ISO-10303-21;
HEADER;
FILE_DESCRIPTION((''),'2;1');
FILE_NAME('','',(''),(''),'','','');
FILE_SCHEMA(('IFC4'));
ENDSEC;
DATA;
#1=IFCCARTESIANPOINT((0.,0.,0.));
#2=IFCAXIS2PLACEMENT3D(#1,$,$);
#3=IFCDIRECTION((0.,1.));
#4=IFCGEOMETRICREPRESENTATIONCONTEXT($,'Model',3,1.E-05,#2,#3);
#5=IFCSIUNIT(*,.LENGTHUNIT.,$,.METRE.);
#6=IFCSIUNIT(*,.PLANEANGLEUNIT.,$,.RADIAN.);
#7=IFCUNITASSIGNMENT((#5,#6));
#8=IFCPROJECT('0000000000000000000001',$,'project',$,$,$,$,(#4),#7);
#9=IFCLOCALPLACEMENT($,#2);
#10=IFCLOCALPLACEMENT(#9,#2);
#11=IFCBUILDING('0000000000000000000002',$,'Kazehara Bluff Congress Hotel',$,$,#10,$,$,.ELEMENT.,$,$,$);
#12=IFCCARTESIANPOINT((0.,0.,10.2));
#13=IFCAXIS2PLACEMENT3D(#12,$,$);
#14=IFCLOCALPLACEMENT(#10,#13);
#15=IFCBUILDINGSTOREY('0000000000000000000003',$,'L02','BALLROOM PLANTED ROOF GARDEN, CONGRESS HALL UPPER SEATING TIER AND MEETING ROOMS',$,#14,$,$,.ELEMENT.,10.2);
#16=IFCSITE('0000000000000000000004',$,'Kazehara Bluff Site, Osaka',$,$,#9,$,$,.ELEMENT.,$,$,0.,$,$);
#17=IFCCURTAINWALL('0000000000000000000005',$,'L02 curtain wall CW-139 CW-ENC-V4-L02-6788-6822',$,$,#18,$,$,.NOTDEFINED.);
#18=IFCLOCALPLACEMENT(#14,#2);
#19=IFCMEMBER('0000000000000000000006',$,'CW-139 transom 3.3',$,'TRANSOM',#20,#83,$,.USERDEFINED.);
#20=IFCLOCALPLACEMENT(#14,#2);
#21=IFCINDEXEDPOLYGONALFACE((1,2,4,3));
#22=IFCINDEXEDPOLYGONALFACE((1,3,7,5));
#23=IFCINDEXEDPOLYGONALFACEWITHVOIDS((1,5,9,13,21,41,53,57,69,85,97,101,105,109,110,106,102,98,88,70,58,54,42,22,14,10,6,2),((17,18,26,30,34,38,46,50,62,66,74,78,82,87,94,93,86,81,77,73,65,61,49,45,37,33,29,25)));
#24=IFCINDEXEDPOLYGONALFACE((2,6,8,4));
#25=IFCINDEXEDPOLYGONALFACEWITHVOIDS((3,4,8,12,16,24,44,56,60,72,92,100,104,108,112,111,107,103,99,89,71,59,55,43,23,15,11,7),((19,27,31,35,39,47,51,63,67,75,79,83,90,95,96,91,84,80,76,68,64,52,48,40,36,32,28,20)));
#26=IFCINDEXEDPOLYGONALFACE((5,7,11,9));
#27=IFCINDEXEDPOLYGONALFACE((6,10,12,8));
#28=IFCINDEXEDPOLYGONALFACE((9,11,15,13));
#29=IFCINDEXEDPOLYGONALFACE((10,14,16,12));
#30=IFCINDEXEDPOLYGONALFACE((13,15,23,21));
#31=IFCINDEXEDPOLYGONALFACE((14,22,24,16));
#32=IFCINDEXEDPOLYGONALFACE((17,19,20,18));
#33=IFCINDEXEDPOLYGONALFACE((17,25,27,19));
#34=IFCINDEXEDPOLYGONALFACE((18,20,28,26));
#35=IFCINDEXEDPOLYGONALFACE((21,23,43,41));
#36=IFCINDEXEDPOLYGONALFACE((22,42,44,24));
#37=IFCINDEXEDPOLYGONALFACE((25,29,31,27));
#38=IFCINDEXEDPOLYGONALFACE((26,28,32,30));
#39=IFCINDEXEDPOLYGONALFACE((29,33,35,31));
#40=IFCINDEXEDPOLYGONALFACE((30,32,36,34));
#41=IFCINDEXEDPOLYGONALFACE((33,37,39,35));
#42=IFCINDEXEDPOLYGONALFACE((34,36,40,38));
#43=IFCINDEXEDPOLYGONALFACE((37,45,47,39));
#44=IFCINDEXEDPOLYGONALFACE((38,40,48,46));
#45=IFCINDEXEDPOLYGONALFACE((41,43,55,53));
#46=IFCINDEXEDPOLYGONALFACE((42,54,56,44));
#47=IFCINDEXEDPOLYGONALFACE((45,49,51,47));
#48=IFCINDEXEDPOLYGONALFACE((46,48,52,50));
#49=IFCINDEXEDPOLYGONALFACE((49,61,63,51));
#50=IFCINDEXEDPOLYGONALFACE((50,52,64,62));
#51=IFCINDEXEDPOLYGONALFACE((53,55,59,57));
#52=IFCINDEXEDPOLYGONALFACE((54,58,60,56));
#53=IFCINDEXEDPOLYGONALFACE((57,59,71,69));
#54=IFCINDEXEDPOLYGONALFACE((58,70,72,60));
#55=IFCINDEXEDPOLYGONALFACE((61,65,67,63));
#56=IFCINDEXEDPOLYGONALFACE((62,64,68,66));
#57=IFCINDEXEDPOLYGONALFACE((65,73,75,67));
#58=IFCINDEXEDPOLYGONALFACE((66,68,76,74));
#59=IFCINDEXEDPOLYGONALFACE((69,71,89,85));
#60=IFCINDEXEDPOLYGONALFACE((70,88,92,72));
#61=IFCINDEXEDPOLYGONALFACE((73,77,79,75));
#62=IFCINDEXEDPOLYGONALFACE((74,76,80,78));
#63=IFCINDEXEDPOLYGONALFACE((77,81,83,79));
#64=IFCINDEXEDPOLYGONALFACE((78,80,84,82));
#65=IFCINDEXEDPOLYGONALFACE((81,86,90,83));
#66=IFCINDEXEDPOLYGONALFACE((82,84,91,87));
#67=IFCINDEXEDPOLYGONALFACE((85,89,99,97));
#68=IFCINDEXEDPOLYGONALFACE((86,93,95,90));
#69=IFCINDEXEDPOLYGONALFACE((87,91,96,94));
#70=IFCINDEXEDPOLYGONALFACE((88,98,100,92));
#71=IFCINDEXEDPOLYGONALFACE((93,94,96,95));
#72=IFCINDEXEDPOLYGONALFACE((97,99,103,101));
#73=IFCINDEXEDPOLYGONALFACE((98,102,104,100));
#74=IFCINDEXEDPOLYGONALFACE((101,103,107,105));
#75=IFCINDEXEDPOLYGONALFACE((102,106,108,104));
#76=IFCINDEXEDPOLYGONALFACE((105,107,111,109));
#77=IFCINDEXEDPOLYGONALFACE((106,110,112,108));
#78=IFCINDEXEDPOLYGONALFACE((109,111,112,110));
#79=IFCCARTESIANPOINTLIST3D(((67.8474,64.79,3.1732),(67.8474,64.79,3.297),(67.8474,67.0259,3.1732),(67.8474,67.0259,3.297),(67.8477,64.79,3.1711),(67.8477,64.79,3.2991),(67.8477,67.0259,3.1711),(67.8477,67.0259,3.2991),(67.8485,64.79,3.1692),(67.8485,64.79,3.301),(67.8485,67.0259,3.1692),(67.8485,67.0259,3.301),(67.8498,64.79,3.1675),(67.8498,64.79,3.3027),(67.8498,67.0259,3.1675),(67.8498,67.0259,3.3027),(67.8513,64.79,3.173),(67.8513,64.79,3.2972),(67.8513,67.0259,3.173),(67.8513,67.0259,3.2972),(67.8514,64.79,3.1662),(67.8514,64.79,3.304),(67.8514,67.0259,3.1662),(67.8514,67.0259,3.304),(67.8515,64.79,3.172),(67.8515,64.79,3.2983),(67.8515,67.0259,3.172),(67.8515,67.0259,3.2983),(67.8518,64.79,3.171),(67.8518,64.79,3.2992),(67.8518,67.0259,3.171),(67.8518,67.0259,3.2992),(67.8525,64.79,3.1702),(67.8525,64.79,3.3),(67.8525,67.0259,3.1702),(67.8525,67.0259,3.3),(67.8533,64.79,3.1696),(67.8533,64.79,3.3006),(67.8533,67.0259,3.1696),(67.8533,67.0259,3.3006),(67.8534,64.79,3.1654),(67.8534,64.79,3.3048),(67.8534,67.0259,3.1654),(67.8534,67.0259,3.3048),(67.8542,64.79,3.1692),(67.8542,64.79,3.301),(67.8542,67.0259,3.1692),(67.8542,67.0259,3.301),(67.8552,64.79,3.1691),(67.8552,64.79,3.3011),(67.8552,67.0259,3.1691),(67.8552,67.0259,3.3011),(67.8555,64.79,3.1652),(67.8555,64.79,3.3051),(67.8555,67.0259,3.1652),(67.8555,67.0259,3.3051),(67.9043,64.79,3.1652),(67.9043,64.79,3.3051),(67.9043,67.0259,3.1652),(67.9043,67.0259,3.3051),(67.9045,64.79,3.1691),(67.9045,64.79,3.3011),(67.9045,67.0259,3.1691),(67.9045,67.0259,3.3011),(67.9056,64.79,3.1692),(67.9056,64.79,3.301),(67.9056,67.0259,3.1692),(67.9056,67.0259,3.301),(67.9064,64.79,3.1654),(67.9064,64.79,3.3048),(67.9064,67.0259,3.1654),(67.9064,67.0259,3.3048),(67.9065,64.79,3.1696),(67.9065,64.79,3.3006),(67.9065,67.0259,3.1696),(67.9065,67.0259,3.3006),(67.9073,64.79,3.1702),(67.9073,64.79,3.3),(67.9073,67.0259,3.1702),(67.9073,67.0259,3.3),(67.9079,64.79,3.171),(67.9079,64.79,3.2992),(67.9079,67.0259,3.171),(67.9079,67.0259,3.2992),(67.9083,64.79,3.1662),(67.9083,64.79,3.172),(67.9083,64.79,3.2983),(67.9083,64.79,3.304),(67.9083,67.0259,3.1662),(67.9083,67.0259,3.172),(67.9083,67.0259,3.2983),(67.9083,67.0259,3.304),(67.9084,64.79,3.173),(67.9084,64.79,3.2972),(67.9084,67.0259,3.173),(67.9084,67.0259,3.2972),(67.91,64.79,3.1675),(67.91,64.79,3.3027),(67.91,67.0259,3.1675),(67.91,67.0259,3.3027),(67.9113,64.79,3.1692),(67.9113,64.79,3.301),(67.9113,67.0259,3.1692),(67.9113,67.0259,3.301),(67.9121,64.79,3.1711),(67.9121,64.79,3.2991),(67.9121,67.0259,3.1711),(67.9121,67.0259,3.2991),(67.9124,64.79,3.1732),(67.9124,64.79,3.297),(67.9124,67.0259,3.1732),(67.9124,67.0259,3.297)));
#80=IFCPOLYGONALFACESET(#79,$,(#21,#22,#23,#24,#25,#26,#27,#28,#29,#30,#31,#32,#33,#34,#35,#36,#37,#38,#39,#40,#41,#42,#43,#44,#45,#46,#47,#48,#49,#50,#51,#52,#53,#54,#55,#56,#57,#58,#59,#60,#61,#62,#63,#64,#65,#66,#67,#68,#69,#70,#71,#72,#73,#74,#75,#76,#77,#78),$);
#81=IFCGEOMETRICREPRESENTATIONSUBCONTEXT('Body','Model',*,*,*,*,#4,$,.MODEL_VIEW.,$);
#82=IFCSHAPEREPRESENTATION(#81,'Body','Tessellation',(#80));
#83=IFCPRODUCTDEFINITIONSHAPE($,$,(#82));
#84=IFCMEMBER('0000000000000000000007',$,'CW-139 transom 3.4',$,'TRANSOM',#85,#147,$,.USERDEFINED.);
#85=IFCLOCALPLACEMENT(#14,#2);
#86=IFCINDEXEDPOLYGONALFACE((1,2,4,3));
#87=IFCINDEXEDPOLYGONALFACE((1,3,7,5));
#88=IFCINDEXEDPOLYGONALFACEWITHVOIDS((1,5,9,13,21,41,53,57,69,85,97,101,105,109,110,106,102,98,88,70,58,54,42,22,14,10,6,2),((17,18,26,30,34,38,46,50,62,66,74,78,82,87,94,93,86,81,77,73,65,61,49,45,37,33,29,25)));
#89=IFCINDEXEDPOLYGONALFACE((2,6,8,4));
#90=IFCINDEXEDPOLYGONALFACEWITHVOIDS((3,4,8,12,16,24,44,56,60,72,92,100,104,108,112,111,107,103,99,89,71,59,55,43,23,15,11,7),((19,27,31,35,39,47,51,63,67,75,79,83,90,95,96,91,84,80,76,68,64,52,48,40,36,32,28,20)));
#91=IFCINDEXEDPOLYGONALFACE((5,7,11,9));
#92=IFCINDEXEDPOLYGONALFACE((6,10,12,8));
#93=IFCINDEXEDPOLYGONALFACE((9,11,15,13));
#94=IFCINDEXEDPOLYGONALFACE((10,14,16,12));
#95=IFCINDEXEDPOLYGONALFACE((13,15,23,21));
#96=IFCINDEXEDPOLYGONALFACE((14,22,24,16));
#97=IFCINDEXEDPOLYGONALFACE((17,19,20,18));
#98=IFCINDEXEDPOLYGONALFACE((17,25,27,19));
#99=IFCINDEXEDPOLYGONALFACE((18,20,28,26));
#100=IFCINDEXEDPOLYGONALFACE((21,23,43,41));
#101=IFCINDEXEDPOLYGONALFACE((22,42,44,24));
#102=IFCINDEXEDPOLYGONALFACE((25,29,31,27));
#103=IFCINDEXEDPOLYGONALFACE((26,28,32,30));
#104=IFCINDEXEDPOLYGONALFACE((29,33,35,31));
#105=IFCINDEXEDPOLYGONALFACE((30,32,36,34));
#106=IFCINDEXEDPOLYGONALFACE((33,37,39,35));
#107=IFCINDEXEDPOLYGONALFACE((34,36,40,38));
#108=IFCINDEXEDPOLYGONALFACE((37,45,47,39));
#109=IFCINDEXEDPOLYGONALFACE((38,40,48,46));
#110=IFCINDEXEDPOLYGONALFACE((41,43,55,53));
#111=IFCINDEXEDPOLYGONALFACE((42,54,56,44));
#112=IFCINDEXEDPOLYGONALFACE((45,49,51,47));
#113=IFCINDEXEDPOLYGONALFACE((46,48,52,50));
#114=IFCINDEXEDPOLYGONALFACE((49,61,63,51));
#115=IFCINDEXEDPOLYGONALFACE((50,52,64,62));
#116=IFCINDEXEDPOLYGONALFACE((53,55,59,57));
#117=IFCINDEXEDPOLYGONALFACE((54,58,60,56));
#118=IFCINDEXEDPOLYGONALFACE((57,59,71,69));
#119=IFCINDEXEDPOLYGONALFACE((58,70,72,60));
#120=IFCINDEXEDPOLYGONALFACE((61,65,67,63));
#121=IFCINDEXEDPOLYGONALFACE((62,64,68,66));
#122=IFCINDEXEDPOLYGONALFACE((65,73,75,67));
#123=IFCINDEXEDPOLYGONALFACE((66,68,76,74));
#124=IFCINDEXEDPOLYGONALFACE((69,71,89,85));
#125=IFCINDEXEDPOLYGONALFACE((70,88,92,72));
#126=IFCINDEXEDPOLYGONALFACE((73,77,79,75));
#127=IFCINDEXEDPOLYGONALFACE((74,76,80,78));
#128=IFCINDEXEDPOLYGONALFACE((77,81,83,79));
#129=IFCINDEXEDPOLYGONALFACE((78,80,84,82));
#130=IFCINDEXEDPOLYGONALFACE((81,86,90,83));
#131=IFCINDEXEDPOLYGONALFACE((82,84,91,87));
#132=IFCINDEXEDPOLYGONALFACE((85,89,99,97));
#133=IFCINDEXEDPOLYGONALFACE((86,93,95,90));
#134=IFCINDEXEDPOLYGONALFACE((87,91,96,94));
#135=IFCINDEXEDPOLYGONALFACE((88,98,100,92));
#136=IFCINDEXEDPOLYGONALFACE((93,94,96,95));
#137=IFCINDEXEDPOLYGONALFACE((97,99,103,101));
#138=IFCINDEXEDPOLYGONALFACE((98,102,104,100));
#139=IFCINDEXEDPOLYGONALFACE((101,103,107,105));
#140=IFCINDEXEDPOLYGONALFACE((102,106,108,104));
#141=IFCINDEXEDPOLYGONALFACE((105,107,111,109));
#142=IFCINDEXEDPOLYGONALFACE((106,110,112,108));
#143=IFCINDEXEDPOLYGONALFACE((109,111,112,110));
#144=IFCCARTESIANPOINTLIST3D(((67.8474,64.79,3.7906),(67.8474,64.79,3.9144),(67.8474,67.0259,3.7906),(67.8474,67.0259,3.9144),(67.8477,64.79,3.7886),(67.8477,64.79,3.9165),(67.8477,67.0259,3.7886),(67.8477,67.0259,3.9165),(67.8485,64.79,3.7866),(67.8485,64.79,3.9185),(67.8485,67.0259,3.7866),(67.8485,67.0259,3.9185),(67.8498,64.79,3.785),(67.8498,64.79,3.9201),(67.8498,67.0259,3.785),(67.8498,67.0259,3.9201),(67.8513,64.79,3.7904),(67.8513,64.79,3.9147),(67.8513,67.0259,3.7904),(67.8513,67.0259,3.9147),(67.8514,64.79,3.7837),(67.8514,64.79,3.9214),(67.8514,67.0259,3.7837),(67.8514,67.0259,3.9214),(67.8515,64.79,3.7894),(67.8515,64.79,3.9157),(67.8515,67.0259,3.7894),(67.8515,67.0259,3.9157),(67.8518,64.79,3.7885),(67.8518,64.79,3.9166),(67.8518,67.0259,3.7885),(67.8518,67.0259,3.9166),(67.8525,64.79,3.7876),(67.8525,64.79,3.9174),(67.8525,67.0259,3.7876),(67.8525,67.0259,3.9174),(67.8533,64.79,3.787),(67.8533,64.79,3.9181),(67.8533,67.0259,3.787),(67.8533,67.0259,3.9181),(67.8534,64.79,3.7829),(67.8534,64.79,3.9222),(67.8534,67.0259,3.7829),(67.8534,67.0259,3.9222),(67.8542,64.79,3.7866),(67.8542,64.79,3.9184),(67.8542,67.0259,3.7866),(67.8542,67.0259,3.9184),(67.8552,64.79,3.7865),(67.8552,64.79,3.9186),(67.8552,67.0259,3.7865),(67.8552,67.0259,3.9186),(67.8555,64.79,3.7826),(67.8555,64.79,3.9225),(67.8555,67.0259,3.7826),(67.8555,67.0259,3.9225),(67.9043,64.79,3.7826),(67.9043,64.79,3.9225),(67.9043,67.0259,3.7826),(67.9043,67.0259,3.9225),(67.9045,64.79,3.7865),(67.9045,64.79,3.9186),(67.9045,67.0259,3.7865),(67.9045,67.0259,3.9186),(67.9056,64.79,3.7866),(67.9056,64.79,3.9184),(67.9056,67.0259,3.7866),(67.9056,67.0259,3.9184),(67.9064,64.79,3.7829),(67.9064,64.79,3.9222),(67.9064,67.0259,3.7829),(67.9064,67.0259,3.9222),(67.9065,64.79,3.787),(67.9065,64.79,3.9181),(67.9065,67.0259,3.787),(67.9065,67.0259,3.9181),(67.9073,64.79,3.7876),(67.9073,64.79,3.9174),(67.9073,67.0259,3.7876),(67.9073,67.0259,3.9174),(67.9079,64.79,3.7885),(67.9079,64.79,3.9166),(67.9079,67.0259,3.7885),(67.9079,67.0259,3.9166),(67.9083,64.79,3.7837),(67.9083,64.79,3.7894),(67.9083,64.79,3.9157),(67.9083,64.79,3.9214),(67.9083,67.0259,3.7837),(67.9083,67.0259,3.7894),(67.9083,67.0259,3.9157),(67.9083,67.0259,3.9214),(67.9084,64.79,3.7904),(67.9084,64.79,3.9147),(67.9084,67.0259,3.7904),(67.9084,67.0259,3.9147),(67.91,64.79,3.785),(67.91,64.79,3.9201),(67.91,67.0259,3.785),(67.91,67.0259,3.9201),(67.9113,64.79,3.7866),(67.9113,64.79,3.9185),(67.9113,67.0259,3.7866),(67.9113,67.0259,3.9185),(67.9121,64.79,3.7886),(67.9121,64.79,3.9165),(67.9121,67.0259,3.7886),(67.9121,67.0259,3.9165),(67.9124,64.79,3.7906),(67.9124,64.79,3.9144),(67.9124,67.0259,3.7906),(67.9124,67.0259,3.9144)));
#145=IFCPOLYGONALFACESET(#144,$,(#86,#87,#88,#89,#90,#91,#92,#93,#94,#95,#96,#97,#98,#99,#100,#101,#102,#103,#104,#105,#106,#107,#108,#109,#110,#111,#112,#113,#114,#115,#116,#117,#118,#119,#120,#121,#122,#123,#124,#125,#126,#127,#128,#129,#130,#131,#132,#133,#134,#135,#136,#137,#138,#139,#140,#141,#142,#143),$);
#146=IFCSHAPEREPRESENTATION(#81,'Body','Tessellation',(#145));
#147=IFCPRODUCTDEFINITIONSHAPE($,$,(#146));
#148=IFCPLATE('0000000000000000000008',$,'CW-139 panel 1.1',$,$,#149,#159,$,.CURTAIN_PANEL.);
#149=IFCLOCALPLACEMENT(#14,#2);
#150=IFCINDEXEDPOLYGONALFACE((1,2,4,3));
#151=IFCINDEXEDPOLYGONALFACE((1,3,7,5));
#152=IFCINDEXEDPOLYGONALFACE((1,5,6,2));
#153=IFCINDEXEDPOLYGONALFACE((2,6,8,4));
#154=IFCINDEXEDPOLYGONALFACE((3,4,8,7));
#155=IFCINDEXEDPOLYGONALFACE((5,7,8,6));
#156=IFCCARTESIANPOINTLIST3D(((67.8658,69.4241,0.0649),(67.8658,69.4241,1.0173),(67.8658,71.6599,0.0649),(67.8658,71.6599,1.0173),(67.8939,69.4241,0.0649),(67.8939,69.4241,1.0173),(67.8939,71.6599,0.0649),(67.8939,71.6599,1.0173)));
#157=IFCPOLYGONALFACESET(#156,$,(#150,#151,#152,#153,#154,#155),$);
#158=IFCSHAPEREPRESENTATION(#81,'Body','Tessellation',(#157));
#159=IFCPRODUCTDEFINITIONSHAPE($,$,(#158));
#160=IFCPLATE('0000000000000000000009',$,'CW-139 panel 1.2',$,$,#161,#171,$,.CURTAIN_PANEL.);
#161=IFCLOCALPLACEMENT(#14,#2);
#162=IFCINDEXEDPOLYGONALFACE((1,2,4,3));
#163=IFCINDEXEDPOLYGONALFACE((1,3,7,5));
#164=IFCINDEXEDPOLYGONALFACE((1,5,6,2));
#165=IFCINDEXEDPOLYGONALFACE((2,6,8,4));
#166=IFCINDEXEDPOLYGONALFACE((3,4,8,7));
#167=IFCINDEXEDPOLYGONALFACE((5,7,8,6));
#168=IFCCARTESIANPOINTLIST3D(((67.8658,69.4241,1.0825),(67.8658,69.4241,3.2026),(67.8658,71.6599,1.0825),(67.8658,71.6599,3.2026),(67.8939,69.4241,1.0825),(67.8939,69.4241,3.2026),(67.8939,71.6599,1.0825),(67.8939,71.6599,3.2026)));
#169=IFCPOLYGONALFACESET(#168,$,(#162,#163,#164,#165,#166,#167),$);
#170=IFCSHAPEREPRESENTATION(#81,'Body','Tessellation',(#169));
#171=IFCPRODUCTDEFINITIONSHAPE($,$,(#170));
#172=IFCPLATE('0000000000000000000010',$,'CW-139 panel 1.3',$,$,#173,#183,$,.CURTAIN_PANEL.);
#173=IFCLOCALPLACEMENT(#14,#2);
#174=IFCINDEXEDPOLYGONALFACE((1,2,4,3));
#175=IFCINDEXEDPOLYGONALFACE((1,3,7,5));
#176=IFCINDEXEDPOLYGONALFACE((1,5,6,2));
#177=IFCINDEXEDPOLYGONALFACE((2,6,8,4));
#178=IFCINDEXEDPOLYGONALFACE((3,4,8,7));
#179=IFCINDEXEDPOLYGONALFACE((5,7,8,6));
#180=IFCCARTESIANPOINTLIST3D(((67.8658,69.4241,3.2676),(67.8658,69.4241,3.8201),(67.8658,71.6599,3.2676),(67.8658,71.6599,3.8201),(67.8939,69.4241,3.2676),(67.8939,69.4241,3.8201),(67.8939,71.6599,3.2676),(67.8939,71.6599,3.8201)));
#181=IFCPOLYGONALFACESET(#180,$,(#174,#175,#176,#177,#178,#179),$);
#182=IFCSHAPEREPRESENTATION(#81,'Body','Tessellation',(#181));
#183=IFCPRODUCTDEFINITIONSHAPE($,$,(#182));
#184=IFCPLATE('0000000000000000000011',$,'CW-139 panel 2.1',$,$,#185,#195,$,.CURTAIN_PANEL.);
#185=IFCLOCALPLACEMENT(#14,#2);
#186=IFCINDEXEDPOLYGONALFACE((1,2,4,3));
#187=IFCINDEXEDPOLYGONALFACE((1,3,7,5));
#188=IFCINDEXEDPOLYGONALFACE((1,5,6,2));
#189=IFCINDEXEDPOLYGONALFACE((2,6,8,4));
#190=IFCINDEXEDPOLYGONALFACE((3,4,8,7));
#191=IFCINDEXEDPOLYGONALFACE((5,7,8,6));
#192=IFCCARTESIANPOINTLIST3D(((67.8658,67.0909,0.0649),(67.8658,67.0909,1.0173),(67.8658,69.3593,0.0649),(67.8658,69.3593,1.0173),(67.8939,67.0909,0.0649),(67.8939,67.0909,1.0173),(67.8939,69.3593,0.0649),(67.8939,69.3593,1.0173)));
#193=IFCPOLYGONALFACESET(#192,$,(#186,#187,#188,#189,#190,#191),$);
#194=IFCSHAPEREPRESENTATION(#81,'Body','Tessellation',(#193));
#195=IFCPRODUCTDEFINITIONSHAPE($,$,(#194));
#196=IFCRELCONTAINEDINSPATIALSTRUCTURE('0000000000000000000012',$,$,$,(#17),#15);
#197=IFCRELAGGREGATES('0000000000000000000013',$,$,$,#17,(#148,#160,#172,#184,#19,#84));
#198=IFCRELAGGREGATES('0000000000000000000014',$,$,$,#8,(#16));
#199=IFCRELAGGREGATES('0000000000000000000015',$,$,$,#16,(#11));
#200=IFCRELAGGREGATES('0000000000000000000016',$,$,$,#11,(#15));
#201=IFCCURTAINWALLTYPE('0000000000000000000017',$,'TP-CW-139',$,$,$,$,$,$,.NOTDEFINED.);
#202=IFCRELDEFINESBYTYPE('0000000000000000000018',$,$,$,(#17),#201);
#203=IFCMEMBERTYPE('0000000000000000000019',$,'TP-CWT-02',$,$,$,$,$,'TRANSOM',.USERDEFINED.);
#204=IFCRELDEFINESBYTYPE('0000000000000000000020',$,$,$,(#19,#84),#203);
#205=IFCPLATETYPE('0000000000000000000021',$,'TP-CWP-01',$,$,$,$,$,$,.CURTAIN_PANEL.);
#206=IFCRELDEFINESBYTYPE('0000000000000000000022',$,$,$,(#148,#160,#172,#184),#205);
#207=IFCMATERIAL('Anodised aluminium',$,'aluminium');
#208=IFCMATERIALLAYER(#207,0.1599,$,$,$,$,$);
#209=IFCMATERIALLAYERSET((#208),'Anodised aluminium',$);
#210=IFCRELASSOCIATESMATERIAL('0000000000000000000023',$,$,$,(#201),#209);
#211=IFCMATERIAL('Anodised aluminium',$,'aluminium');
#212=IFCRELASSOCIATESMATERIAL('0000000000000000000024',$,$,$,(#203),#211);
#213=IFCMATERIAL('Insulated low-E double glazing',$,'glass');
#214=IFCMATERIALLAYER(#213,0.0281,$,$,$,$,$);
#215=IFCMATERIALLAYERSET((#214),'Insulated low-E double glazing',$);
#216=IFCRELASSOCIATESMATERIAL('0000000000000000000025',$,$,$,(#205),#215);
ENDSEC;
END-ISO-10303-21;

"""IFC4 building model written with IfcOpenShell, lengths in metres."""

from ifc_helpers import new_model, si_unit, direction, frame, origin, origin_2d, place, context, subcontext, project, spatial, rectangle, hollow_rectangle, extrude, material, layer, layer_set, material_profile, profile_set, type_object, element, aggregate, save


model = new_model("IFC4")

# Units and contexts
model_context = context("Model", 3, precision=1e-05, world=origin(), true_north=direction((0.0, 1.0)))
body_context = subcontext(model_context, "Body", "Model", "MODEL_VIEW")
ifc_project = project(units=[si_unit("LENGTHUNIT", "METRE"), si_unit("PLANEANGLEUNIT", "RADIAN")], contexts=[model_context])

# Site, building, storey
site_placement = place(None, origin())
site = spatial("IfcSite", under=ifc_project, at=site_placement, Name="Kazehara Bluff Site, Osaka", CompositionType="ELEMENT", RefElevation=0.0)
building_placement = place(site_placement, origin())
building = spatial("IfcBuilding", under=site, at=building_placement, Name="Kazehara Bluff Congress Hotel", CompositionType="ELEMENT")
storey_placement = place(building_placement, frame((0.0, 0.0, 10.2)))
storey = spatial("IfcBuildingStorey", under=building, at=storey_placement, Name="L02", Description="BALLROOM PLANTED ROOF GARDEN, CONGRESS HALL UPPER SEATING TIER AND MEETING ROOMS", CompositionType="ELEMENT", Elevation=10.2)

# Curtain wall, members, plates
ifc_material_1 = material(Name="Anodised aluminium", Category="aluminium")
ifc_layer_1 = layer(ifc_material_1, 0.1599)
ifc_layer_set_1 = layer_set([ifc_layer_1], Name="Anodised aluminium")
curtain_wall_type = type_object("IfcCurtainWallType", Name="TP-CW-139", PredefinedType="NOTDEFINED", material=ifc_layer_set_1)
curtain_wall_placement = place(storey_placement, origin())
curtain_wall = element("IfcCurtainWall", 1, at=curtain_wall_placement, inside=storey, type_object=curtain_wall_type, Name="L02 curtain wall CW-139 CW-ENC-V4-L02-6788-6822", PredefinedType="NOTDEFINED")
ifc_material_2 = material(Name="Anodised aluminium", Category="aluminium")
ifc_material_profile_1 = material_profile(ifc_material_2, hollow_rectangle(XDim=0.0649, YDim=0.1399, WallThickness=0.0039, InnerFilletRadius=0.0039, OuterFilletRadius=0.0081, at=origin_2d()))
ifc_profile_set_1 = profile_set([ifc_material_profile_1], Name="Anodised aluminium")
member_type_1 = type_object("IfcMemberType", Name="TP-CWT-02", ElementType="TRANSOM", PredefinedType="USERDEFINED", material=ifc_profile_set_1)
member_1_placement = place(storey_placement, frame((67.8799, 67.0259, 3.2351), z_axis=(0.0, -1.0, 0.0), x_axis=(1.0, 0.0, 0.0)))
member_1 = element("IfcMember", 2, at=member_1_placement, type_object=member_type_1, Name="CW-139 transom 3.3", ObjectType="TRANSOM", PredefinedType="USERDEFINED", context=body_context, shape_type="SweptSolid", body=[
    extrude(hollow_rectangle(XDim=0.0649, YDim=0.1399, WallThickness=0.0039, InnerFilletRadius=0.0039, OuterFilletRadius=0.0081, at=origin_2d()), origin(), (0.0, 0.0, 1.0), 2.2358),
])
member_2_placement = place(storey_placement, frame((67.8799, 67.0259, 3.8525), z_axis=(0.0, -1.0, 0.0), x_axis=(1.0, 0.0, 0.0)))
member_2 = element("IfcMember", 3, at=member_2_placement, type_object=member_type_1, Name="CW-139 transom 3.4", ObjectType="TRANSOM", PredefinedType="USERDEFINED", context=body_context, shape_type="SweptSolid", body=[
    extrude(hollow_rectangle(XDim=0.0649, YDim=0.1399, WallThickness=0.0039, InnerFilletRadius=0.0039, OuterFilletRadius=0.0081, at=origin_2d()), origin(), (0.0, 0.0, 1.0), 2.2358),
])
ifc_material_3 = material(Name="Insulated low-E double glazing", Category="glass")
ifc_layer_2 = layer(ifc_material_3, 0.0281)
ifc_layer_set_2 = layer_set([ifc_layer_2], Name="Insulated low-E double glazing")
plate_type = type_object("IfcPlateType", Name="TP-CWP-01", PredefinedType="CURTAIN_PANEL", material=ifc_layer_set_2)
plate_1_placement = place(storey_placement, frame((67.8799, 70.542, 0.0649), z_axis=(0.0, 0.0, 1.0), x_axis=(0.0, -1.0, 0.0)))
plate_1 = element("IfcPlate", 4, at=plate_1_placement, type_object=plate_type, Name="CW-139 panel 1.1", PredefinedType="CURTAIN_PANEL", context=body_context, shape_type="SweptSolid", body=[
    extrude(rectangle(XDim=2.2358, YDim=0.0281, at=origin_2d()), origin(), (0.0, 0.0, 1.0), 0.9524),
])
plate_2_placement = place(storey_placement, frame((67.8799, 70.542, 1.0825), z_axis=(0.0, 0.0, 1.0), x_axis=(0.0, -1.0, 0.0)))
plate_2 = element("IfcPlate", 5, at=plate_2_placement, type_object=plate_type, Name="CW-139 panel 1.2", PredefinedType="CURTAIN_PANEL", context=body_context, shape_type="SweptSolid", body=[
    extrude(rectangle(XDim=2.2358, YDim=0.0281, at=origin_2d()), origin(), (0.0, 0.0, 1.0), 2.1201),
])
plate_3_placement = place(storey_placement, frame((67.8799, 70.542, 3.2676), z_axis=(0.0, 0.0, 1.0), x_axis=(0.0, -1.0, 0.0)))
plate_3 = element("IfcPlate", 6, at=plate_3_placement, type_object=plate_type, Name="CW-139 panel 1.3", PredefinedType="CURTAIN_PANEL", context=body_context, shape_type="SweptSolid", body=[
    extrude(rectangle(XDim=2.2358, YDim=0.0281, at=origin_2d()), origin(), (0.0, 0.0, 1.0), 0.5525),
])
plate_4_placement = place(storey_placement, frame((67.8799, 68.2251, 0.0649), z_axis=(0.0, 0.0, 1.0), x_axis=(0.0, -1.0, 0.0)))
plate_4 = element("IfcPlate", 7, at=plate_4_placement, type_object=plate_type, Name="CW-139 panel 2.1", PredefinedType="CURTAIN_PANEL", context=body_context, shape_type="SweptSolid", body=[
    extrude(rectangle(XDim=2.2683, YDim=0.0281, at=origin_2d()), origin(), (0.0, 0.0, 1.0), 0.9524),
])
aggregate(curtain_wall, [plate_1, plate_2, plate_3, plate_4, member_1, member_2])

save(model, "model.ifc")
